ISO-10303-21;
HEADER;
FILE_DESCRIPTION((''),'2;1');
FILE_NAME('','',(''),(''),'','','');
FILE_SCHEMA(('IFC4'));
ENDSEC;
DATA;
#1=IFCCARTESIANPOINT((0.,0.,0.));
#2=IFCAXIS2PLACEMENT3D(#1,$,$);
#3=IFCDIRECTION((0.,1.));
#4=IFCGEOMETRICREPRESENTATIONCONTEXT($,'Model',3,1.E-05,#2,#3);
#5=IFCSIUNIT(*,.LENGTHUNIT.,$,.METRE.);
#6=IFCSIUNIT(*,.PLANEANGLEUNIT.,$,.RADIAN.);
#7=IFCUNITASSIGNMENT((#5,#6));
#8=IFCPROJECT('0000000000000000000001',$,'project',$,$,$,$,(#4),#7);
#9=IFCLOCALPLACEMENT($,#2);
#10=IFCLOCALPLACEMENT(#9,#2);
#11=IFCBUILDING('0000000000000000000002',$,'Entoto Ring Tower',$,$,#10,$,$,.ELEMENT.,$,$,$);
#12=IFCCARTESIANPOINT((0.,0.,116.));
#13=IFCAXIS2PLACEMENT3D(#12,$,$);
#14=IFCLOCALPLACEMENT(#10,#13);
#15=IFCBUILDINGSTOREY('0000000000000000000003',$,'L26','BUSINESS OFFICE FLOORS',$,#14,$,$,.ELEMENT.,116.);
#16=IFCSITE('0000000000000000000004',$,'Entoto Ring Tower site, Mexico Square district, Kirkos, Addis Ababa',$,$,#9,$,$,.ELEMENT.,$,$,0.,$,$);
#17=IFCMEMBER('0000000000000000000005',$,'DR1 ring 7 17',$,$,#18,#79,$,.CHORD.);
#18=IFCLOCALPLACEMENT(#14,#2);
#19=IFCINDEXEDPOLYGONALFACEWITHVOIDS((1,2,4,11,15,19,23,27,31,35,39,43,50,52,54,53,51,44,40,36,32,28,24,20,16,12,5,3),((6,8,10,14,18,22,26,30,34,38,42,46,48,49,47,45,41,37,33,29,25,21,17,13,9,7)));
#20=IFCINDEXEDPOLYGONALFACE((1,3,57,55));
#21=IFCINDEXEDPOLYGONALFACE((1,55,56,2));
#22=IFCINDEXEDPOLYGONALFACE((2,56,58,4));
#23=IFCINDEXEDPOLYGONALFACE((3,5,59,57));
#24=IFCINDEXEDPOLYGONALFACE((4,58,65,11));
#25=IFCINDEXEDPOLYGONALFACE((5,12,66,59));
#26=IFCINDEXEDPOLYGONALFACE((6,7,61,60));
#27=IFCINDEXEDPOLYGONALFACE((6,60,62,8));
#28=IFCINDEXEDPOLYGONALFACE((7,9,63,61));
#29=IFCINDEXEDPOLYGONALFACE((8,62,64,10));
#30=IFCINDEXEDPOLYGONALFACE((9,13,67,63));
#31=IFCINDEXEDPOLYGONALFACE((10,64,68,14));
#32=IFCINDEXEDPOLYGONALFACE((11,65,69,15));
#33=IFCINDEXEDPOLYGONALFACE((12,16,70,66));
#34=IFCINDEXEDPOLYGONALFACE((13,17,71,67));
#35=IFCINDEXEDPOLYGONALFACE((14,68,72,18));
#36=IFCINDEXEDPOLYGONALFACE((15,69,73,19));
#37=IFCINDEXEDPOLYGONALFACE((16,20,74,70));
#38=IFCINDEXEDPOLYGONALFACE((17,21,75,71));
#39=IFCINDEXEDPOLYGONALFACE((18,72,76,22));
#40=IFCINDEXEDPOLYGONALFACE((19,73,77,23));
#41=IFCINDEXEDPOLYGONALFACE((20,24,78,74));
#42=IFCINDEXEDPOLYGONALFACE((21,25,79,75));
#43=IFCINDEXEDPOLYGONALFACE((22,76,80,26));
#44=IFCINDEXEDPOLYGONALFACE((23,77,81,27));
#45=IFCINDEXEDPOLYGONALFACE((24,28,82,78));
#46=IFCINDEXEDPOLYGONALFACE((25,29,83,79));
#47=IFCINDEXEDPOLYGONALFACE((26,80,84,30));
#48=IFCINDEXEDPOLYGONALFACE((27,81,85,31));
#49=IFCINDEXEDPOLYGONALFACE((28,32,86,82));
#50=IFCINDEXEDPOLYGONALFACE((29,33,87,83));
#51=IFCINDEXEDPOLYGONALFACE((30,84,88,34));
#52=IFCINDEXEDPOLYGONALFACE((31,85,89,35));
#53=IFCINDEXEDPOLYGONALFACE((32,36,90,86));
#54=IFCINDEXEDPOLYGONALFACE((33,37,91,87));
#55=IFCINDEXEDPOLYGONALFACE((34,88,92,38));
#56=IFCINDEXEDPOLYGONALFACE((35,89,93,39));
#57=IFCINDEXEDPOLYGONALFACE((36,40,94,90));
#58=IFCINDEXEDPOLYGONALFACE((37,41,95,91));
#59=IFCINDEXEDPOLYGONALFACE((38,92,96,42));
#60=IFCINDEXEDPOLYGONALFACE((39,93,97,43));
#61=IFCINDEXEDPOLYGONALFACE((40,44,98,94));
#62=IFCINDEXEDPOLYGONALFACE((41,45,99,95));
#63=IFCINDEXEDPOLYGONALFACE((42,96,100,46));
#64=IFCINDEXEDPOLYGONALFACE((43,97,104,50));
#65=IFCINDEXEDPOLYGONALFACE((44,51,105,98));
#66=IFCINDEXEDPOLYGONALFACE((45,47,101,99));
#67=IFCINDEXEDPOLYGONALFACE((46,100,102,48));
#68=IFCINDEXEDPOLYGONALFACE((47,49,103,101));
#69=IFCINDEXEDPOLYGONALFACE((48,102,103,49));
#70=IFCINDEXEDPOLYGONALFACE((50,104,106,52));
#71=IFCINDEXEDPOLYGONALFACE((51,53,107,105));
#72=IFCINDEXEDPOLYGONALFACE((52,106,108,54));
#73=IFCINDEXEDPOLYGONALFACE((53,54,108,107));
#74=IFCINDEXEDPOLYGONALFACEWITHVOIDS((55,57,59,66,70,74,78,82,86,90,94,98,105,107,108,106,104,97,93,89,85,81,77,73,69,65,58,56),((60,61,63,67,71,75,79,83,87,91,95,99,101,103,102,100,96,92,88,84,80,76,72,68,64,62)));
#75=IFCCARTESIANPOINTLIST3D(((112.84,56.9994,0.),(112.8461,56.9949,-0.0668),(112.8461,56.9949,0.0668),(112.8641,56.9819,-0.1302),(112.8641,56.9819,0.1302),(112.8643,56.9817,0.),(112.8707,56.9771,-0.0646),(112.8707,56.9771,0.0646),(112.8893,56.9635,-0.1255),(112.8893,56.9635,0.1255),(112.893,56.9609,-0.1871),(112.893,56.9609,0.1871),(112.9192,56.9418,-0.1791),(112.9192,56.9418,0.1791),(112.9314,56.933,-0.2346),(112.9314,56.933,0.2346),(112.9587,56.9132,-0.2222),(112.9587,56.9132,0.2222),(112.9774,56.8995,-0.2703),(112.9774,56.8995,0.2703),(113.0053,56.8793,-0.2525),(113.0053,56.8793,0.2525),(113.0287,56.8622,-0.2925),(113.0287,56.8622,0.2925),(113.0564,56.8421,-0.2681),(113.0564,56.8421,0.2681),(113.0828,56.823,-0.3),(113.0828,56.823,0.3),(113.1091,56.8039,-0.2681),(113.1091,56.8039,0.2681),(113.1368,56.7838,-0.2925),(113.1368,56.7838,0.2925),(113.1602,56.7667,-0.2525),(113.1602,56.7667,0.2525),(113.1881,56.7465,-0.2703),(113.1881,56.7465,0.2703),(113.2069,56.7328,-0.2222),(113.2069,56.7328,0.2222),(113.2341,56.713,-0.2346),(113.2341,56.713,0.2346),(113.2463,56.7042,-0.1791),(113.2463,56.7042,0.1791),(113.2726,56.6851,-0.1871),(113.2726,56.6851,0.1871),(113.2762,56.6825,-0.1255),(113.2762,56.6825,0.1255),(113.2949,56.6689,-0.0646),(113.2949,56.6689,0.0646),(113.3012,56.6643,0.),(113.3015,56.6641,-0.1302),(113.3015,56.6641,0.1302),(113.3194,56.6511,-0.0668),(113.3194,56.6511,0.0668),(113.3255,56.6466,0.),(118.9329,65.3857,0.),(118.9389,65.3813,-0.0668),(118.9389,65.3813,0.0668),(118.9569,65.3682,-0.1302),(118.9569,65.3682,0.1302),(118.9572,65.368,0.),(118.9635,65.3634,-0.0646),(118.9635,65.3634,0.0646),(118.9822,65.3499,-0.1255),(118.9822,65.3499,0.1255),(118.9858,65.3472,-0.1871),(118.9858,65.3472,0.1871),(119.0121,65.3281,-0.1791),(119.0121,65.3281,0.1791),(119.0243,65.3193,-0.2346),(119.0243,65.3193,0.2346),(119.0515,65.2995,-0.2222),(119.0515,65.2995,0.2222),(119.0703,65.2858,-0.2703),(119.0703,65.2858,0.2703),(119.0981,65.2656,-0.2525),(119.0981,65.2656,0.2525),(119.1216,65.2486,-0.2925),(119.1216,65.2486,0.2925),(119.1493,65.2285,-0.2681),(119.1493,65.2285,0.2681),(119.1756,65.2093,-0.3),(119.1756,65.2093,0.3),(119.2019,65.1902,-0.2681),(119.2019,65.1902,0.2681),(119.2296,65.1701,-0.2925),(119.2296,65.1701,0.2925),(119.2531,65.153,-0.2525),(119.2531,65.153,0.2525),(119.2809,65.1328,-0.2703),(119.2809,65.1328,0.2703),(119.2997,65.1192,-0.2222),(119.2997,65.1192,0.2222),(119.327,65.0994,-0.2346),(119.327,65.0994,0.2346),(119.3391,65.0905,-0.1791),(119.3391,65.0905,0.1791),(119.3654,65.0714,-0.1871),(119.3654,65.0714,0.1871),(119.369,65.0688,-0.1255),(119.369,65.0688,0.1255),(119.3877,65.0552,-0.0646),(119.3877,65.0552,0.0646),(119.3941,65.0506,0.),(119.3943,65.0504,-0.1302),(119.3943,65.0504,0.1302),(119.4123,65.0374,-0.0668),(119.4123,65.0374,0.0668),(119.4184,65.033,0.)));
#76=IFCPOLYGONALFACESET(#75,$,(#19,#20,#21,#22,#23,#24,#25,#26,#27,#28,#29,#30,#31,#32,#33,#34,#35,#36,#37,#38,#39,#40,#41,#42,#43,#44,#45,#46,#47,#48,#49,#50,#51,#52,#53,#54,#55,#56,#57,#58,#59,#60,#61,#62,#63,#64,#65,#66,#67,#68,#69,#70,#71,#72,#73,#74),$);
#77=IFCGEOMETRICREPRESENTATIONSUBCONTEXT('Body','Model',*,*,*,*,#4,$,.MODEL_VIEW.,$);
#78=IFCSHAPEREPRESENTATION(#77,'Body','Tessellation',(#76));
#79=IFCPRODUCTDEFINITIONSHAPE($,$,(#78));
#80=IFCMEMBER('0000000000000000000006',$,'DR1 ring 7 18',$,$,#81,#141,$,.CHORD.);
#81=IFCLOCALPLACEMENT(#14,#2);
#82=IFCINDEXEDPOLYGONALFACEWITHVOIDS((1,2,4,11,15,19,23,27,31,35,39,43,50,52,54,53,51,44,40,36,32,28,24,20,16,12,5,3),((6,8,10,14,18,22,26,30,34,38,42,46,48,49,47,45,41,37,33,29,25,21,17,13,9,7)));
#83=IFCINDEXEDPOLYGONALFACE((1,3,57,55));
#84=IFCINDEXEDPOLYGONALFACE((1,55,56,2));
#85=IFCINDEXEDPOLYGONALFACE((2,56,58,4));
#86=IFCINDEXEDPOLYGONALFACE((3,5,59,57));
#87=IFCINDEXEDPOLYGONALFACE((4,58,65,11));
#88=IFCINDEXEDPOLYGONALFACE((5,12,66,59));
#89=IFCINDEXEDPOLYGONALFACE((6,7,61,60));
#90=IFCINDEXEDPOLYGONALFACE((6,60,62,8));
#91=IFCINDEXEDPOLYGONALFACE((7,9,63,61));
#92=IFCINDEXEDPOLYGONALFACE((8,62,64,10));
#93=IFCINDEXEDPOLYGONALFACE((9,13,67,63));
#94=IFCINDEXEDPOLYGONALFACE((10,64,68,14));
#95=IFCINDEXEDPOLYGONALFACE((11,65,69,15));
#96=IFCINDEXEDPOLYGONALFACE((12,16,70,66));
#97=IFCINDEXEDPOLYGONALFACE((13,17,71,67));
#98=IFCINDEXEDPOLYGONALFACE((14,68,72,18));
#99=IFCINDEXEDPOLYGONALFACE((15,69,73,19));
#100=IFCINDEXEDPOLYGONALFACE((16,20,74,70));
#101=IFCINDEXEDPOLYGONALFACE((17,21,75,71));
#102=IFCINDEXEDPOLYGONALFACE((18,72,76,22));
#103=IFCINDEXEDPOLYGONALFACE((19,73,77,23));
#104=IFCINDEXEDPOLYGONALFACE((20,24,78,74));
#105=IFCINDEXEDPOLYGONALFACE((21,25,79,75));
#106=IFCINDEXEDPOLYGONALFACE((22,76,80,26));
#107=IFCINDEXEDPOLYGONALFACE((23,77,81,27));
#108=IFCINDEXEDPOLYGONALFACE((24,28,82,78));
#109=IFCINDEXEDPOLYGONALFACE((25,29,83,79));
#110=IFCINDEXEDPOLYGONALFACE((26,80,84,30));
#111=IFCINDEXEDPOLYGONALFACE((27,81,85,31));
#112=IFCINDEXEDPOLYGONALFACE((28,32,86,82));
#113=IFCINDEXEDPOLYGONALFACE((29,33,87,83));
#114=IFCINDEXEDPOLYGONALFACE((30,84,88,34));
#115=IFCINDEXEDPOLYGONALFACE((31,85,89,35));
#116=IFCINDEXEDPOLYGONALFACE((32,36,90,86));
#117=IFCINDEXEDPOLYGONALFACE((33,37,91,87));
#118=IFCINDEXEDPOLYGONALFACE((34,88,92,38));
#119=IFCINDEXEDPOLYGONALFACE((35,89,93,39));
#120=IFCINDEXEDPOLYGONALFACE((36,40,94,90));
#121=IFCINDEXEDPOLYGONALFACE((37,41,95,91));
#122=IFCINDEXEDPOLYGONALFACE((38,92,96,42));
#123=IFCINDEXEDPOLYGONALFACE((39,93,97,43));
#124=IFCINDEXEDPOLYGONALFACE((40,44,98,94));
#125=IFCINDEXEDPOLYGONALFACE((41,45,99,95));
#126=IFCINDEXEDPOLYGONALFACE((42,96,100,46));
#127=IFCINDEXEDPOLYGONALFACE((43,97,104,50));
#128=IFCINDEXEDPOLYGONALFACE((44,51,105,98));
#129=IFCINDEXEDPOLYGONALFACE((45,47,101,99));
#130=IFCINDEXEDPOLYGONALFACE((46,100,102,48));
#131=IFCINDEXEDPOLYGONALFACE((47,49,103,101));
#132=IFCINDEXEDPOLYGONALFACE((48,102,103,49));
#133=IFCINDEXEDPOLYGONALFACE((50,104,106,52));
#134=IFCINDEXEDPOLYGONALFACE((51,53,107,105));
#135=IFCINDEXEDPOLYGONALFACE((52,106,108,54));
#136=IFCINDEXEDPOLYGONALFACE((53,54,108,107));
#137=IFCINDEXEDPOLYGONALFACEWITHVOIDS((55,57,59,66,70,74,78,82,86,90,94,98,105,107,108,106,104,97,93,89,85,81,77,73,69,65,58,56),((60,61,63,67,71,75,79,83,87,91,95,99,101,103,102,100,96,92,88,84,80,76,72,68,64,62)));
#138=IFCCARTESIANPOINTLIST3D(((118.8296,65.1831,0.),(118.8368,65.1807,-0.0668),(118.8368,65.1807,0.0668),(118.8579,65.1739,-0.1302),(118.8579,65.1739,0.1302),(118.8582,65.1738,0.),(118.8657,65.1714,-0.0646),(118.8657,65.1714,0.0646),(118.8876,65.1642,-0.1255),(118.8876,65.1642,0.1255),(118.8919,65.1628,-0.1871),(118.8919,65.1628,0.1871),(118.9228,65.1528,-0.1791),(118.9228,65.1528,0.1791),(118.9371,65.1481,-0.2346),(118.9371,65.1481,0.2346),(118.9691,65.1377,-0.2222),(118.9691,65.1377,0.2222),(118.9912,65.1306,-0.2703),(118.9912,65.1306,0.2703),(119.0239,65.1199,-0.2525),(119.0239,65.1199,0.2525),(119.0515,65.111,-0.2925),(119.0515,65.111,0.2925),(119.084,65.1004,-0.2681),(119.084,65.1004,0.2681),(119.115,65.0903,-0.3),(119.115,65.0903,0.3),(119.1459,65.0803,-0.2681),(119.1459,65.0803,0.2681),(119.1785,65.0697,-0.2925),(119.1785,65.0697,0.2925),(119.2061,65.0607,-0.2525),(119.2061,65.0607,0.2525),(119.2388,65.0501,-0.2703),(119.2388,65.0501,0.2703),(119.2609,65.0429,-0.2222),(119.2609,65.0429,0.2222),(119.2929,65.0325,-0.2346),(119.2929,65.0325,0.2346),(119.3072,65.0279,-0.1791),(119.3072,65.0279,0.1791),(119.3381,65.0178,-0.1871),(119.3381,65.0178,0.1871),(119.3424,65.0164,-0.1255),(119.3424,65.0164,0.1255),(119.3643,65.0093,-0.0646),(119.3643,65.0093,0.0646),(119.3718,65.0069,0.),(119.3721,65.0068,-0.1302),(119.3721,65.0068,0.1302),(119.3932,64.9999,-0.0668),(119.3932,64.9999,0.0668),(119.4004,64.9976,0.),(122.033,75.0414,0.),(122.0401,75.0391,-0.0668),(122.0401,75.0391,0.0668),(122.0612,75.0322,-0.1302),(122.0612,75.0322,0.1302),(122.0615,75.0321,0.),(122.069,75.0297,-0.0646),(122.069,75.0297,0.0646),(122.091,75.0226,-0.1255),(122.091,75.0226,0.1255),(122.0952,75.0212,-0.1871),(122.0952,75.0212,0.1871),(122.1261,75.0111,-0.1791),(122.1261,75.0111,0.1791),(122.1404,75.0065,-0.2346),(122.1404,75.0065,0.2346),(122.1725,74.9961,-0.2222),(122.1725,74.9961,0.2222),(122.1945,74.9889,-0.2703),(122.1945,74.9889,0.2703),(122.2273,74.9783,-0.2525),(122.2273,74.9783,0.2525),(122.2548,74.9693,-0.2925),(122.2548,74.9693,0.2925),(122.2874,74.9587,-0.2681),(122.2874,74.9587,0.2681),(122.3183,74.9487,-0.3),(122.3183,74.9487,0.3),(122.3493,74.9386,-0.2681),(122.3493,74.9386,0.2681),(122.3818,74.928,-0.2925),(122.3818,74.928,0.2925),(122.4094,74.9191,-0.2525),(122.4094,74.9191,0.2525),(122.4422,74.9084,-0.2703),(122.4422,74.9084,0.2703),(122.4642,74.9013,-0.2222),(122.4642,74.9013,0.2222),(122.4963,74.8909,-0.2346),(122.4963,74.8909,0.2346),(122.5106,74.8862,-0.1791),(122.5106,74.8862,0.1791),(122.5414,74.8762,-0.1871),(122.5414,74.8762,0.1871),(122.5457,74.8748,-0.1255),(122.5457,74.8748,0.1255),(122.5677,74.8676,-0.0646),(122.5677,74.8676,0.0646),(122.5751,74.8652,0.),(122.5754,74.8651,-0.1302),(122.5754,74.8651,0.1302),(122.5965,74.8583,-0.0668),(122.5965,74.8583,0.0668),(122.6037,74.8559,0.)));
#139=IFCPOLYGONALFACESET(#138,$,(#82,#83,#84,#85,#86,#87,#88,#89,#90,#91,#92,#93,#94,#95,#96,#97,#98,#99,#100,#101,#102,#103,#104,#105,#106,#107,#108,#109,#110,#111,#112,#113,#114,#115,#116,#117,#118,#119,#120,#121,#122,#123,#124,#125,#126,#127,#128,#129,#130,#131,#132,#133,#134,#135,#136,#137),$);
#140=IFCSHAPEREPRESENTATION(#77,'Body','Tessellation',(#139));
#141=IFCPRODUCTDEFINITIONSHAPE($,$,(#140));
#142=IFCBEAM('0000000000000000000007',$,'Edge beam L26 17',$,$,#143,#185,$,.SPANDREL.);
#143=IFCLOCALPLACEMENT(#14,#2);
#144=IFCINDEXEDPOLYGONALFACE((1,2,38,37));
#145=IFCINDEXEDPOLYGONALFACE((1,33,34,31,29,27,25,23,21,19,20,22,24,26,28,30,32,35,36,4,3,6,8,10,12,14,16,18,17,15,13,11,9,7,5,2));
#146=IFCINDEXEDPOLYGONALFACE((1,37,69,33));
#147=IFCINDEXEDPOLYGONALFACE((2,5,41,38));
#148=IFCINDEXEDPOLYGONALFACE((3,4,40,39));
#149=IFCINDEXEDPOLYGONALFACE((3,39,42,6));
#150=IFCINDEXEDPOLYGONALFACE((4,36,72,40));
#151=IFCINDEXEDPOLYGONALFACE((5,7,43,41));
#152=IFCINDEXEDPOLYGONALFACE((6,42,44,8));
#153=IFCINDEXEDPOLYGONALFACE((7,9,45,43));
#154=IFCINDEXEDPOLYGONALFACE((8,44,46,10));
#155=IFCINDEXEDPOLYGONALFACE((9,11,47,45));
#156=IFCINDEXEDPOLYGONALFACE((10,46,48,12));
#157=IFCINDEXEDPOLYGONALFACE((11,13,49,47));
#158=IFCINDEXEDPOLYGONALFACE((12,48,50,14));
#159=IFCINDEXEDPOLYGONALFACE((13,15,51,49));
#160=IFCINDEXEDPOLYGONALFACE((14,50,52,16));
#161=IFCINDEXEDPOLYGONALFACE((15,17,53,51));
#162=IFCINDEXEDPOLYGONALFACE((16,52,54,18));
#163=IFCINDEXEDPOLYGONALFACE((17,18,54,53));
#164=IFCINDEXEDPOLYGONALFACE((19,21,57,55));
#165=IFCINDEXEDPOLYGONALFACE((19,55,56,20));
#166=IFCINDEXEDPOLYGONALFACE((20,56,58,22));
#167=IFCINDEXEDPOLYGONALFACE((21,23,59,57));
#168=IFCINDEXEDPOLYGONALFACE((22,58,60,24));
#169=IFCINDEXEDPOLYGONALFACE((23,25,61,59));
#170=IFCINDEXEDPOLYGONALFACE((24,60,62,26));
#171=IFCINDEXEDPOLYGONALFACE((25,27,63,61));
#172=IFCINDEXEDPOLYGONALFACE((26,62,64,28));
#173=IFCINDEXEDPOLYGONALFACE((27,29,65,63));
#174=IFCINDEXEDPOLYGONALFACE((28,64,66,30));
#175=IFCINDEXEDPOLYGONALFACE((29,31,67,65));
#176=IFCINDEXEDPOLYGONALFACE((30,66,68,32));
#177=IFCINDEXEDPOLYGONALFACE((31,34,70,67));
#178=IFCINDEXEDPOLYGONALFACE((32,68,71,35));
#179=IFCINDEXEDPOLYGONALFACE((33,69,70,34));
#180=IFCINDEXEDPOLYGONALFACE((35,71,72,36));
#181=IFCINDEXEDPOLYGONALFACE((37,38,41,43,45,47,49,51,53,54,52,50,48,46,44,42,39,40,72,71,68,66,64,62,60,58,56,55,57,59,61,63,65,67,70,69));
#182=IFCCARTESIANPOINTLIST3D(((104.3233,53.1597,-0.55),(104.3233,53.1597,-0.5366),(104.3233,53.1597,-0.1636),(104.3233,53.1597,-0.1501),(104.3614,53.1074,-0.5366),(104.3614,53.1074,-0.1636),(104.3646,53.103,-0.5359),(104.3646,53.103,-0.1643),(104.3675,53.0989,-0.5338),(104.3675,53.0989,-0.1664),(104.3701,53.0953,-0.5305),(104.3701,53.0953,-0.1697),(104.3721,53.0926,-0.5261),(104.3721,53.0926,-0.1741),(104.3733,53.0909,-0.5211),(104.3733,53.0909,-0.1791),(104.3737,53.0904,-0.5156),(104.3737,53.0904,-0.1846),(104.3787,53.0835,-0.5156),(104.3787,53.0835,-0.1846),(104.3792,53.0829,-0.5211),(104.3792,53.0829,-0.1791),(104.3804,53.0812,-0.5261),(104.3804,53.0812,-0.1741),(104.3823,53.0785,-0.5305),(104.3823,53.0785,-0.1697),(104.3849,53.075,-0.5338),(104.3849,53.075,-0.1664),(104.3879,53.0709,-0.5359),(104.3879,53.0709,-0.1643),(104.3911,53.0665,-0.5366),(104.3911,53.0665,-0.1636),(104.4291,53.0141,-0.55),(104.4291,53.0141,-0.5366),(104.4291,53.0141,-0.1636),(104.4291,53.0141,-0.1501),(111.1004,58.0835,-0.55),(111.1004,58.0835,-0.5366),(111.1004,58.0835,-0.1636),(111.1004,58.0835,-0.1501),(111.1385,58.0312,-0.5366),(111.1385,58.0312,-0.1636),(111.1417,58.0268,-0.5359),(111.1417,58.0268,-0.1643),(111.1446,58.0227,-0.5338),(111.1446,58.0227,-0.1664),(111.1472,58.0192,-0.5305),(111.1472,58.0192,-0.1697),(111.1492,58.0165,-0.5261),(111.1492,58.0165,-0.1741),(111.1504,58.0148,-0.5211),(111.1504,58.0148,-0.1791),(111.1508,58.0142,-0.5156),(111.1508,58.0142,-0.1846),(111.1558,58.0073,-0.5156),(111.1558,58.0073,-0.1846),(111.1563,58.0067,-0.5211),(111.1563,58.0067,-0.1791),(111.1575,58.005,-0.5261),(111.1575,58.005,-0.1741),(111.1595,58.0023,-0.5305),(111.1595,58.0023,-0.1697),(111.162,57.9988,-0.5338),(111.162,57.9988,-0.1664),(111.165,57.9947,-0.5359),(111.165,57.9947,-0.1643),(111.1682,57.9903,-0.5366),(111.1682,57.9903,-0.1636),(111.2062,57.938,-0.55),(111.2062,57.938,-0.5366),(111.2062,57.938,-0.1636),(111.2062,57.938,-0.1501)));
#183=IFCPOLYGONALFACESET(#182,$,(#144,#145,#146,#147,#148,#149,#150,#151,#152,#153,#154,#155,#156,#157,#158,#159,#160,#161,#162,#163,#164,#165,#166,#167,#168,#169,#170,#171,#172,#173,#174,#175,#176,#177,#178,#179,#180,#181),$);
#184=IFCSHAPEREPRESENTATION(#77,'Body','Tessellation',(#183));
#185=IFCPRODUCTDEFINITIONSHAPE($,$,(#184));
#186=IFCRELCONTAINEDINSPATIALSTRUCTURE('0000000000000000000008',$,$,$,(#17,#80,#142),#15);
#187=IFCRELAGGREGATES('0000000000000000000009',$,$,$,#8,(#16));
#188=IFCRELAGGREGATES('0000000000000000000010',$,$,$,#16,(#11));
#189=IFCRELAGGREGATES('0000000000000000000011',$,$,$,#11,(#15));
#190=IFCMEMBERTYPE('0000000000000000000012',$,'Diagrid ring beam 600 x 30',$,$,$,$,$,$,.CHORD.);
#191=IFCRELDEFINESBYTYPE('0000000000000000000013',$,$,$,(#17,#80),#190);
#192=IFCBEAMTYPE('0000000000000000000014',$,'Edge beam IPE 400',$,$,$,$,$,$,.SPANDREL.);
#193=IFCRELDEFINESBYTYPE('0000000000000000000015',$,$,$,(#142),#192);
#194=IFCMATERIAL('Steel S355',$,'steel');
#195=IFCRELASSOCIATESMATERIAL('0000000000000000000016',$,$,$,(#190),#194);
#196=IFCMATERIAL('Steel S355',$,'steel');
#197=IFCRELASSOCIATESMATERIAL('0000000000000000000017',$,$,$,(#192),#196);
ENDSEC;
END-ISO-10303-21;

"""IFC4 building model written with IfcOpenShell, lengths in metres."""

from ifc_helpers import new_model, si_unit, direction, frame, origin, origin_2d, place, context, subcontext, project, spatial, circle, hollow_circle, i_section, extrude, material, material_profile, profile_set, type_object, element, save


model = new_model("IFC4")

# Units and contexts
model_context = context("Model", 3, precision=1e-05, world=origin(), true_north=direction((0.0, 1.0)))
body_context = subcontext(model_context, "Body", "Model", "MODEL_VIEW")
ifc_project = project(units=[si_unit("LENGTHUNIT", "METRE"), si_unit("PLANEANGLEUNIT", "RADIAN")], contexts=[model_context])

# Site, building, storey
site_placement = place(None, origin())
site = spatial("IfcSite", under=ifc_project, at=site_placement, Name="Entoto Ring Tower site, Mexico Square district, Kirkos, Addis Ababa", CompositionType="ELEMENT", RefElevation=0.0)
building_placement = place(site_placement, origin())
building = spatial("IfcBuilding", under=site, at=building_placement, Name="Entoto Ring Tower", CompositionType="ELEMENT")
storey_placement = place(building_placement, frame((0.0, 0.0, 116.0)))
storey = spatial("IfcBuildingStorey", under=building, at=storey_placement, Name="L26", Description="BUSINESS OFFICE FLOORS", CompositionType="ELEMENT", Elevation=116.0)

# Members
ifc_material_1 = material(Name="Steel S355", Category="steel")
ifc_material_profile_1 = material_profile(ifc_material_1, hollow_circle(Radius=0.3, WallThickness=0.03, at=origin_2d()), Name="CHS 600 x 30")
ifc_material_2 = material(Name="Concrete C60/75", Category="concrete")
ifc_material_profile_2 = material_profile(ifc_material_2, circle(Radius=0.27, at=origin_2d()), Name="Concrete C60/75 infill")
ifc_profile_set_1 = profile_set([ifc_material_profile_1, ifc_material_profile_2], Name="Steel S355")
member_type_1 = type_object("IfcMemberType", Name="Diagrid ring beam 600 x 30", PredefinedType="CHORD", material=ifc_profile_set_1)
for number, where, z_axis, x_axis, name in (
    (1, (113.0828, 56.823, 0.0), (0.587774, 0.809025, 0.0), (-0.809025, 0.587774, 0.0), "DR1 ring 7 17"),
):
    element("IfcMember", number, at=place(storey_placement, frame(where, z_axis=z_axis, x_axis=x_axis)), inside=storey, type_object=member_type_1, Name=name, PredefinedType="CHORD", context=body_context, shape_type="SweptSolid", body=[
        extrude(hollow_circle(Radius=0.3, WallThickness=0.03, at=origin_2d()), origin(), (0.0, 0.0, 1.0), 10.366),
    ])
member_placement = place(storey_placement, frame((119.115, 65.0903, 0.0), z_axis=(0.309033, 0.951051, 0.0), x_axis=(-0.951051, 0.309033, 0.0)))
element("IfcMember", 2, at=member_placement, inside=storey, type_object=member_type_1, Name="DR1 ring 7 18", PredefinedType="CHORD", context=body_context, shape_type="SweptSolid", body=[
    extrude(hollow_circle(Radius=0.3, WallThickness=0.03, at=origin_2d()), origin(), (0.0, 0.0, 1.0), 10.3657),
])

# Beam
ifc_material_3 = material(Name="Steel S355", Category="steel")
ifc_material_profile_3 = material_profile(ifc_material_3, i_section(OverallWidth=0.1799, OverallDepth=0.3999, WebThickness=0.0085, FlangeThickness=0.0134, FilletRadius=0.021, at=origin_2d()), Name="IPE 400")
ifc_profile_set_2 = profile_set([ifc_material_profile_3], Name="Steel S355")
beam_type = type_object("IfcBeamType", Name="Edge beam IPE 400", PredefinedType="SPANDREL", material=ifc_profile_set_2)
for number, where, z_axis, x_axis, name in (
    (3, (104.3762, 53.0869, -0.3501), (0.809018, 0.587783, 0.0), (-0.587783, 0.809018, 0.0), "Edge beam L26 17"),
):
    element("IfcBeam", number, at=place(storey_placement, frame(where, z_axis=z_axis, x_axis=x_axis)), inside=storey, type_object=beam_type, Name=name, PredefinedType="SPANDREL", context=body_context, shape_type="SweptSolid", body=[
        extrude(i_section(OverallWidth=0.1799, OverallDepth=0.3999, WebThickness=0.0085, FlangeThickness=0.0134, FilletRadius=0.021, at=origin_2d()), origin(), (0.0, 0.0, 1.0), 8.377),
    ])

save(model, "model.ifc")
